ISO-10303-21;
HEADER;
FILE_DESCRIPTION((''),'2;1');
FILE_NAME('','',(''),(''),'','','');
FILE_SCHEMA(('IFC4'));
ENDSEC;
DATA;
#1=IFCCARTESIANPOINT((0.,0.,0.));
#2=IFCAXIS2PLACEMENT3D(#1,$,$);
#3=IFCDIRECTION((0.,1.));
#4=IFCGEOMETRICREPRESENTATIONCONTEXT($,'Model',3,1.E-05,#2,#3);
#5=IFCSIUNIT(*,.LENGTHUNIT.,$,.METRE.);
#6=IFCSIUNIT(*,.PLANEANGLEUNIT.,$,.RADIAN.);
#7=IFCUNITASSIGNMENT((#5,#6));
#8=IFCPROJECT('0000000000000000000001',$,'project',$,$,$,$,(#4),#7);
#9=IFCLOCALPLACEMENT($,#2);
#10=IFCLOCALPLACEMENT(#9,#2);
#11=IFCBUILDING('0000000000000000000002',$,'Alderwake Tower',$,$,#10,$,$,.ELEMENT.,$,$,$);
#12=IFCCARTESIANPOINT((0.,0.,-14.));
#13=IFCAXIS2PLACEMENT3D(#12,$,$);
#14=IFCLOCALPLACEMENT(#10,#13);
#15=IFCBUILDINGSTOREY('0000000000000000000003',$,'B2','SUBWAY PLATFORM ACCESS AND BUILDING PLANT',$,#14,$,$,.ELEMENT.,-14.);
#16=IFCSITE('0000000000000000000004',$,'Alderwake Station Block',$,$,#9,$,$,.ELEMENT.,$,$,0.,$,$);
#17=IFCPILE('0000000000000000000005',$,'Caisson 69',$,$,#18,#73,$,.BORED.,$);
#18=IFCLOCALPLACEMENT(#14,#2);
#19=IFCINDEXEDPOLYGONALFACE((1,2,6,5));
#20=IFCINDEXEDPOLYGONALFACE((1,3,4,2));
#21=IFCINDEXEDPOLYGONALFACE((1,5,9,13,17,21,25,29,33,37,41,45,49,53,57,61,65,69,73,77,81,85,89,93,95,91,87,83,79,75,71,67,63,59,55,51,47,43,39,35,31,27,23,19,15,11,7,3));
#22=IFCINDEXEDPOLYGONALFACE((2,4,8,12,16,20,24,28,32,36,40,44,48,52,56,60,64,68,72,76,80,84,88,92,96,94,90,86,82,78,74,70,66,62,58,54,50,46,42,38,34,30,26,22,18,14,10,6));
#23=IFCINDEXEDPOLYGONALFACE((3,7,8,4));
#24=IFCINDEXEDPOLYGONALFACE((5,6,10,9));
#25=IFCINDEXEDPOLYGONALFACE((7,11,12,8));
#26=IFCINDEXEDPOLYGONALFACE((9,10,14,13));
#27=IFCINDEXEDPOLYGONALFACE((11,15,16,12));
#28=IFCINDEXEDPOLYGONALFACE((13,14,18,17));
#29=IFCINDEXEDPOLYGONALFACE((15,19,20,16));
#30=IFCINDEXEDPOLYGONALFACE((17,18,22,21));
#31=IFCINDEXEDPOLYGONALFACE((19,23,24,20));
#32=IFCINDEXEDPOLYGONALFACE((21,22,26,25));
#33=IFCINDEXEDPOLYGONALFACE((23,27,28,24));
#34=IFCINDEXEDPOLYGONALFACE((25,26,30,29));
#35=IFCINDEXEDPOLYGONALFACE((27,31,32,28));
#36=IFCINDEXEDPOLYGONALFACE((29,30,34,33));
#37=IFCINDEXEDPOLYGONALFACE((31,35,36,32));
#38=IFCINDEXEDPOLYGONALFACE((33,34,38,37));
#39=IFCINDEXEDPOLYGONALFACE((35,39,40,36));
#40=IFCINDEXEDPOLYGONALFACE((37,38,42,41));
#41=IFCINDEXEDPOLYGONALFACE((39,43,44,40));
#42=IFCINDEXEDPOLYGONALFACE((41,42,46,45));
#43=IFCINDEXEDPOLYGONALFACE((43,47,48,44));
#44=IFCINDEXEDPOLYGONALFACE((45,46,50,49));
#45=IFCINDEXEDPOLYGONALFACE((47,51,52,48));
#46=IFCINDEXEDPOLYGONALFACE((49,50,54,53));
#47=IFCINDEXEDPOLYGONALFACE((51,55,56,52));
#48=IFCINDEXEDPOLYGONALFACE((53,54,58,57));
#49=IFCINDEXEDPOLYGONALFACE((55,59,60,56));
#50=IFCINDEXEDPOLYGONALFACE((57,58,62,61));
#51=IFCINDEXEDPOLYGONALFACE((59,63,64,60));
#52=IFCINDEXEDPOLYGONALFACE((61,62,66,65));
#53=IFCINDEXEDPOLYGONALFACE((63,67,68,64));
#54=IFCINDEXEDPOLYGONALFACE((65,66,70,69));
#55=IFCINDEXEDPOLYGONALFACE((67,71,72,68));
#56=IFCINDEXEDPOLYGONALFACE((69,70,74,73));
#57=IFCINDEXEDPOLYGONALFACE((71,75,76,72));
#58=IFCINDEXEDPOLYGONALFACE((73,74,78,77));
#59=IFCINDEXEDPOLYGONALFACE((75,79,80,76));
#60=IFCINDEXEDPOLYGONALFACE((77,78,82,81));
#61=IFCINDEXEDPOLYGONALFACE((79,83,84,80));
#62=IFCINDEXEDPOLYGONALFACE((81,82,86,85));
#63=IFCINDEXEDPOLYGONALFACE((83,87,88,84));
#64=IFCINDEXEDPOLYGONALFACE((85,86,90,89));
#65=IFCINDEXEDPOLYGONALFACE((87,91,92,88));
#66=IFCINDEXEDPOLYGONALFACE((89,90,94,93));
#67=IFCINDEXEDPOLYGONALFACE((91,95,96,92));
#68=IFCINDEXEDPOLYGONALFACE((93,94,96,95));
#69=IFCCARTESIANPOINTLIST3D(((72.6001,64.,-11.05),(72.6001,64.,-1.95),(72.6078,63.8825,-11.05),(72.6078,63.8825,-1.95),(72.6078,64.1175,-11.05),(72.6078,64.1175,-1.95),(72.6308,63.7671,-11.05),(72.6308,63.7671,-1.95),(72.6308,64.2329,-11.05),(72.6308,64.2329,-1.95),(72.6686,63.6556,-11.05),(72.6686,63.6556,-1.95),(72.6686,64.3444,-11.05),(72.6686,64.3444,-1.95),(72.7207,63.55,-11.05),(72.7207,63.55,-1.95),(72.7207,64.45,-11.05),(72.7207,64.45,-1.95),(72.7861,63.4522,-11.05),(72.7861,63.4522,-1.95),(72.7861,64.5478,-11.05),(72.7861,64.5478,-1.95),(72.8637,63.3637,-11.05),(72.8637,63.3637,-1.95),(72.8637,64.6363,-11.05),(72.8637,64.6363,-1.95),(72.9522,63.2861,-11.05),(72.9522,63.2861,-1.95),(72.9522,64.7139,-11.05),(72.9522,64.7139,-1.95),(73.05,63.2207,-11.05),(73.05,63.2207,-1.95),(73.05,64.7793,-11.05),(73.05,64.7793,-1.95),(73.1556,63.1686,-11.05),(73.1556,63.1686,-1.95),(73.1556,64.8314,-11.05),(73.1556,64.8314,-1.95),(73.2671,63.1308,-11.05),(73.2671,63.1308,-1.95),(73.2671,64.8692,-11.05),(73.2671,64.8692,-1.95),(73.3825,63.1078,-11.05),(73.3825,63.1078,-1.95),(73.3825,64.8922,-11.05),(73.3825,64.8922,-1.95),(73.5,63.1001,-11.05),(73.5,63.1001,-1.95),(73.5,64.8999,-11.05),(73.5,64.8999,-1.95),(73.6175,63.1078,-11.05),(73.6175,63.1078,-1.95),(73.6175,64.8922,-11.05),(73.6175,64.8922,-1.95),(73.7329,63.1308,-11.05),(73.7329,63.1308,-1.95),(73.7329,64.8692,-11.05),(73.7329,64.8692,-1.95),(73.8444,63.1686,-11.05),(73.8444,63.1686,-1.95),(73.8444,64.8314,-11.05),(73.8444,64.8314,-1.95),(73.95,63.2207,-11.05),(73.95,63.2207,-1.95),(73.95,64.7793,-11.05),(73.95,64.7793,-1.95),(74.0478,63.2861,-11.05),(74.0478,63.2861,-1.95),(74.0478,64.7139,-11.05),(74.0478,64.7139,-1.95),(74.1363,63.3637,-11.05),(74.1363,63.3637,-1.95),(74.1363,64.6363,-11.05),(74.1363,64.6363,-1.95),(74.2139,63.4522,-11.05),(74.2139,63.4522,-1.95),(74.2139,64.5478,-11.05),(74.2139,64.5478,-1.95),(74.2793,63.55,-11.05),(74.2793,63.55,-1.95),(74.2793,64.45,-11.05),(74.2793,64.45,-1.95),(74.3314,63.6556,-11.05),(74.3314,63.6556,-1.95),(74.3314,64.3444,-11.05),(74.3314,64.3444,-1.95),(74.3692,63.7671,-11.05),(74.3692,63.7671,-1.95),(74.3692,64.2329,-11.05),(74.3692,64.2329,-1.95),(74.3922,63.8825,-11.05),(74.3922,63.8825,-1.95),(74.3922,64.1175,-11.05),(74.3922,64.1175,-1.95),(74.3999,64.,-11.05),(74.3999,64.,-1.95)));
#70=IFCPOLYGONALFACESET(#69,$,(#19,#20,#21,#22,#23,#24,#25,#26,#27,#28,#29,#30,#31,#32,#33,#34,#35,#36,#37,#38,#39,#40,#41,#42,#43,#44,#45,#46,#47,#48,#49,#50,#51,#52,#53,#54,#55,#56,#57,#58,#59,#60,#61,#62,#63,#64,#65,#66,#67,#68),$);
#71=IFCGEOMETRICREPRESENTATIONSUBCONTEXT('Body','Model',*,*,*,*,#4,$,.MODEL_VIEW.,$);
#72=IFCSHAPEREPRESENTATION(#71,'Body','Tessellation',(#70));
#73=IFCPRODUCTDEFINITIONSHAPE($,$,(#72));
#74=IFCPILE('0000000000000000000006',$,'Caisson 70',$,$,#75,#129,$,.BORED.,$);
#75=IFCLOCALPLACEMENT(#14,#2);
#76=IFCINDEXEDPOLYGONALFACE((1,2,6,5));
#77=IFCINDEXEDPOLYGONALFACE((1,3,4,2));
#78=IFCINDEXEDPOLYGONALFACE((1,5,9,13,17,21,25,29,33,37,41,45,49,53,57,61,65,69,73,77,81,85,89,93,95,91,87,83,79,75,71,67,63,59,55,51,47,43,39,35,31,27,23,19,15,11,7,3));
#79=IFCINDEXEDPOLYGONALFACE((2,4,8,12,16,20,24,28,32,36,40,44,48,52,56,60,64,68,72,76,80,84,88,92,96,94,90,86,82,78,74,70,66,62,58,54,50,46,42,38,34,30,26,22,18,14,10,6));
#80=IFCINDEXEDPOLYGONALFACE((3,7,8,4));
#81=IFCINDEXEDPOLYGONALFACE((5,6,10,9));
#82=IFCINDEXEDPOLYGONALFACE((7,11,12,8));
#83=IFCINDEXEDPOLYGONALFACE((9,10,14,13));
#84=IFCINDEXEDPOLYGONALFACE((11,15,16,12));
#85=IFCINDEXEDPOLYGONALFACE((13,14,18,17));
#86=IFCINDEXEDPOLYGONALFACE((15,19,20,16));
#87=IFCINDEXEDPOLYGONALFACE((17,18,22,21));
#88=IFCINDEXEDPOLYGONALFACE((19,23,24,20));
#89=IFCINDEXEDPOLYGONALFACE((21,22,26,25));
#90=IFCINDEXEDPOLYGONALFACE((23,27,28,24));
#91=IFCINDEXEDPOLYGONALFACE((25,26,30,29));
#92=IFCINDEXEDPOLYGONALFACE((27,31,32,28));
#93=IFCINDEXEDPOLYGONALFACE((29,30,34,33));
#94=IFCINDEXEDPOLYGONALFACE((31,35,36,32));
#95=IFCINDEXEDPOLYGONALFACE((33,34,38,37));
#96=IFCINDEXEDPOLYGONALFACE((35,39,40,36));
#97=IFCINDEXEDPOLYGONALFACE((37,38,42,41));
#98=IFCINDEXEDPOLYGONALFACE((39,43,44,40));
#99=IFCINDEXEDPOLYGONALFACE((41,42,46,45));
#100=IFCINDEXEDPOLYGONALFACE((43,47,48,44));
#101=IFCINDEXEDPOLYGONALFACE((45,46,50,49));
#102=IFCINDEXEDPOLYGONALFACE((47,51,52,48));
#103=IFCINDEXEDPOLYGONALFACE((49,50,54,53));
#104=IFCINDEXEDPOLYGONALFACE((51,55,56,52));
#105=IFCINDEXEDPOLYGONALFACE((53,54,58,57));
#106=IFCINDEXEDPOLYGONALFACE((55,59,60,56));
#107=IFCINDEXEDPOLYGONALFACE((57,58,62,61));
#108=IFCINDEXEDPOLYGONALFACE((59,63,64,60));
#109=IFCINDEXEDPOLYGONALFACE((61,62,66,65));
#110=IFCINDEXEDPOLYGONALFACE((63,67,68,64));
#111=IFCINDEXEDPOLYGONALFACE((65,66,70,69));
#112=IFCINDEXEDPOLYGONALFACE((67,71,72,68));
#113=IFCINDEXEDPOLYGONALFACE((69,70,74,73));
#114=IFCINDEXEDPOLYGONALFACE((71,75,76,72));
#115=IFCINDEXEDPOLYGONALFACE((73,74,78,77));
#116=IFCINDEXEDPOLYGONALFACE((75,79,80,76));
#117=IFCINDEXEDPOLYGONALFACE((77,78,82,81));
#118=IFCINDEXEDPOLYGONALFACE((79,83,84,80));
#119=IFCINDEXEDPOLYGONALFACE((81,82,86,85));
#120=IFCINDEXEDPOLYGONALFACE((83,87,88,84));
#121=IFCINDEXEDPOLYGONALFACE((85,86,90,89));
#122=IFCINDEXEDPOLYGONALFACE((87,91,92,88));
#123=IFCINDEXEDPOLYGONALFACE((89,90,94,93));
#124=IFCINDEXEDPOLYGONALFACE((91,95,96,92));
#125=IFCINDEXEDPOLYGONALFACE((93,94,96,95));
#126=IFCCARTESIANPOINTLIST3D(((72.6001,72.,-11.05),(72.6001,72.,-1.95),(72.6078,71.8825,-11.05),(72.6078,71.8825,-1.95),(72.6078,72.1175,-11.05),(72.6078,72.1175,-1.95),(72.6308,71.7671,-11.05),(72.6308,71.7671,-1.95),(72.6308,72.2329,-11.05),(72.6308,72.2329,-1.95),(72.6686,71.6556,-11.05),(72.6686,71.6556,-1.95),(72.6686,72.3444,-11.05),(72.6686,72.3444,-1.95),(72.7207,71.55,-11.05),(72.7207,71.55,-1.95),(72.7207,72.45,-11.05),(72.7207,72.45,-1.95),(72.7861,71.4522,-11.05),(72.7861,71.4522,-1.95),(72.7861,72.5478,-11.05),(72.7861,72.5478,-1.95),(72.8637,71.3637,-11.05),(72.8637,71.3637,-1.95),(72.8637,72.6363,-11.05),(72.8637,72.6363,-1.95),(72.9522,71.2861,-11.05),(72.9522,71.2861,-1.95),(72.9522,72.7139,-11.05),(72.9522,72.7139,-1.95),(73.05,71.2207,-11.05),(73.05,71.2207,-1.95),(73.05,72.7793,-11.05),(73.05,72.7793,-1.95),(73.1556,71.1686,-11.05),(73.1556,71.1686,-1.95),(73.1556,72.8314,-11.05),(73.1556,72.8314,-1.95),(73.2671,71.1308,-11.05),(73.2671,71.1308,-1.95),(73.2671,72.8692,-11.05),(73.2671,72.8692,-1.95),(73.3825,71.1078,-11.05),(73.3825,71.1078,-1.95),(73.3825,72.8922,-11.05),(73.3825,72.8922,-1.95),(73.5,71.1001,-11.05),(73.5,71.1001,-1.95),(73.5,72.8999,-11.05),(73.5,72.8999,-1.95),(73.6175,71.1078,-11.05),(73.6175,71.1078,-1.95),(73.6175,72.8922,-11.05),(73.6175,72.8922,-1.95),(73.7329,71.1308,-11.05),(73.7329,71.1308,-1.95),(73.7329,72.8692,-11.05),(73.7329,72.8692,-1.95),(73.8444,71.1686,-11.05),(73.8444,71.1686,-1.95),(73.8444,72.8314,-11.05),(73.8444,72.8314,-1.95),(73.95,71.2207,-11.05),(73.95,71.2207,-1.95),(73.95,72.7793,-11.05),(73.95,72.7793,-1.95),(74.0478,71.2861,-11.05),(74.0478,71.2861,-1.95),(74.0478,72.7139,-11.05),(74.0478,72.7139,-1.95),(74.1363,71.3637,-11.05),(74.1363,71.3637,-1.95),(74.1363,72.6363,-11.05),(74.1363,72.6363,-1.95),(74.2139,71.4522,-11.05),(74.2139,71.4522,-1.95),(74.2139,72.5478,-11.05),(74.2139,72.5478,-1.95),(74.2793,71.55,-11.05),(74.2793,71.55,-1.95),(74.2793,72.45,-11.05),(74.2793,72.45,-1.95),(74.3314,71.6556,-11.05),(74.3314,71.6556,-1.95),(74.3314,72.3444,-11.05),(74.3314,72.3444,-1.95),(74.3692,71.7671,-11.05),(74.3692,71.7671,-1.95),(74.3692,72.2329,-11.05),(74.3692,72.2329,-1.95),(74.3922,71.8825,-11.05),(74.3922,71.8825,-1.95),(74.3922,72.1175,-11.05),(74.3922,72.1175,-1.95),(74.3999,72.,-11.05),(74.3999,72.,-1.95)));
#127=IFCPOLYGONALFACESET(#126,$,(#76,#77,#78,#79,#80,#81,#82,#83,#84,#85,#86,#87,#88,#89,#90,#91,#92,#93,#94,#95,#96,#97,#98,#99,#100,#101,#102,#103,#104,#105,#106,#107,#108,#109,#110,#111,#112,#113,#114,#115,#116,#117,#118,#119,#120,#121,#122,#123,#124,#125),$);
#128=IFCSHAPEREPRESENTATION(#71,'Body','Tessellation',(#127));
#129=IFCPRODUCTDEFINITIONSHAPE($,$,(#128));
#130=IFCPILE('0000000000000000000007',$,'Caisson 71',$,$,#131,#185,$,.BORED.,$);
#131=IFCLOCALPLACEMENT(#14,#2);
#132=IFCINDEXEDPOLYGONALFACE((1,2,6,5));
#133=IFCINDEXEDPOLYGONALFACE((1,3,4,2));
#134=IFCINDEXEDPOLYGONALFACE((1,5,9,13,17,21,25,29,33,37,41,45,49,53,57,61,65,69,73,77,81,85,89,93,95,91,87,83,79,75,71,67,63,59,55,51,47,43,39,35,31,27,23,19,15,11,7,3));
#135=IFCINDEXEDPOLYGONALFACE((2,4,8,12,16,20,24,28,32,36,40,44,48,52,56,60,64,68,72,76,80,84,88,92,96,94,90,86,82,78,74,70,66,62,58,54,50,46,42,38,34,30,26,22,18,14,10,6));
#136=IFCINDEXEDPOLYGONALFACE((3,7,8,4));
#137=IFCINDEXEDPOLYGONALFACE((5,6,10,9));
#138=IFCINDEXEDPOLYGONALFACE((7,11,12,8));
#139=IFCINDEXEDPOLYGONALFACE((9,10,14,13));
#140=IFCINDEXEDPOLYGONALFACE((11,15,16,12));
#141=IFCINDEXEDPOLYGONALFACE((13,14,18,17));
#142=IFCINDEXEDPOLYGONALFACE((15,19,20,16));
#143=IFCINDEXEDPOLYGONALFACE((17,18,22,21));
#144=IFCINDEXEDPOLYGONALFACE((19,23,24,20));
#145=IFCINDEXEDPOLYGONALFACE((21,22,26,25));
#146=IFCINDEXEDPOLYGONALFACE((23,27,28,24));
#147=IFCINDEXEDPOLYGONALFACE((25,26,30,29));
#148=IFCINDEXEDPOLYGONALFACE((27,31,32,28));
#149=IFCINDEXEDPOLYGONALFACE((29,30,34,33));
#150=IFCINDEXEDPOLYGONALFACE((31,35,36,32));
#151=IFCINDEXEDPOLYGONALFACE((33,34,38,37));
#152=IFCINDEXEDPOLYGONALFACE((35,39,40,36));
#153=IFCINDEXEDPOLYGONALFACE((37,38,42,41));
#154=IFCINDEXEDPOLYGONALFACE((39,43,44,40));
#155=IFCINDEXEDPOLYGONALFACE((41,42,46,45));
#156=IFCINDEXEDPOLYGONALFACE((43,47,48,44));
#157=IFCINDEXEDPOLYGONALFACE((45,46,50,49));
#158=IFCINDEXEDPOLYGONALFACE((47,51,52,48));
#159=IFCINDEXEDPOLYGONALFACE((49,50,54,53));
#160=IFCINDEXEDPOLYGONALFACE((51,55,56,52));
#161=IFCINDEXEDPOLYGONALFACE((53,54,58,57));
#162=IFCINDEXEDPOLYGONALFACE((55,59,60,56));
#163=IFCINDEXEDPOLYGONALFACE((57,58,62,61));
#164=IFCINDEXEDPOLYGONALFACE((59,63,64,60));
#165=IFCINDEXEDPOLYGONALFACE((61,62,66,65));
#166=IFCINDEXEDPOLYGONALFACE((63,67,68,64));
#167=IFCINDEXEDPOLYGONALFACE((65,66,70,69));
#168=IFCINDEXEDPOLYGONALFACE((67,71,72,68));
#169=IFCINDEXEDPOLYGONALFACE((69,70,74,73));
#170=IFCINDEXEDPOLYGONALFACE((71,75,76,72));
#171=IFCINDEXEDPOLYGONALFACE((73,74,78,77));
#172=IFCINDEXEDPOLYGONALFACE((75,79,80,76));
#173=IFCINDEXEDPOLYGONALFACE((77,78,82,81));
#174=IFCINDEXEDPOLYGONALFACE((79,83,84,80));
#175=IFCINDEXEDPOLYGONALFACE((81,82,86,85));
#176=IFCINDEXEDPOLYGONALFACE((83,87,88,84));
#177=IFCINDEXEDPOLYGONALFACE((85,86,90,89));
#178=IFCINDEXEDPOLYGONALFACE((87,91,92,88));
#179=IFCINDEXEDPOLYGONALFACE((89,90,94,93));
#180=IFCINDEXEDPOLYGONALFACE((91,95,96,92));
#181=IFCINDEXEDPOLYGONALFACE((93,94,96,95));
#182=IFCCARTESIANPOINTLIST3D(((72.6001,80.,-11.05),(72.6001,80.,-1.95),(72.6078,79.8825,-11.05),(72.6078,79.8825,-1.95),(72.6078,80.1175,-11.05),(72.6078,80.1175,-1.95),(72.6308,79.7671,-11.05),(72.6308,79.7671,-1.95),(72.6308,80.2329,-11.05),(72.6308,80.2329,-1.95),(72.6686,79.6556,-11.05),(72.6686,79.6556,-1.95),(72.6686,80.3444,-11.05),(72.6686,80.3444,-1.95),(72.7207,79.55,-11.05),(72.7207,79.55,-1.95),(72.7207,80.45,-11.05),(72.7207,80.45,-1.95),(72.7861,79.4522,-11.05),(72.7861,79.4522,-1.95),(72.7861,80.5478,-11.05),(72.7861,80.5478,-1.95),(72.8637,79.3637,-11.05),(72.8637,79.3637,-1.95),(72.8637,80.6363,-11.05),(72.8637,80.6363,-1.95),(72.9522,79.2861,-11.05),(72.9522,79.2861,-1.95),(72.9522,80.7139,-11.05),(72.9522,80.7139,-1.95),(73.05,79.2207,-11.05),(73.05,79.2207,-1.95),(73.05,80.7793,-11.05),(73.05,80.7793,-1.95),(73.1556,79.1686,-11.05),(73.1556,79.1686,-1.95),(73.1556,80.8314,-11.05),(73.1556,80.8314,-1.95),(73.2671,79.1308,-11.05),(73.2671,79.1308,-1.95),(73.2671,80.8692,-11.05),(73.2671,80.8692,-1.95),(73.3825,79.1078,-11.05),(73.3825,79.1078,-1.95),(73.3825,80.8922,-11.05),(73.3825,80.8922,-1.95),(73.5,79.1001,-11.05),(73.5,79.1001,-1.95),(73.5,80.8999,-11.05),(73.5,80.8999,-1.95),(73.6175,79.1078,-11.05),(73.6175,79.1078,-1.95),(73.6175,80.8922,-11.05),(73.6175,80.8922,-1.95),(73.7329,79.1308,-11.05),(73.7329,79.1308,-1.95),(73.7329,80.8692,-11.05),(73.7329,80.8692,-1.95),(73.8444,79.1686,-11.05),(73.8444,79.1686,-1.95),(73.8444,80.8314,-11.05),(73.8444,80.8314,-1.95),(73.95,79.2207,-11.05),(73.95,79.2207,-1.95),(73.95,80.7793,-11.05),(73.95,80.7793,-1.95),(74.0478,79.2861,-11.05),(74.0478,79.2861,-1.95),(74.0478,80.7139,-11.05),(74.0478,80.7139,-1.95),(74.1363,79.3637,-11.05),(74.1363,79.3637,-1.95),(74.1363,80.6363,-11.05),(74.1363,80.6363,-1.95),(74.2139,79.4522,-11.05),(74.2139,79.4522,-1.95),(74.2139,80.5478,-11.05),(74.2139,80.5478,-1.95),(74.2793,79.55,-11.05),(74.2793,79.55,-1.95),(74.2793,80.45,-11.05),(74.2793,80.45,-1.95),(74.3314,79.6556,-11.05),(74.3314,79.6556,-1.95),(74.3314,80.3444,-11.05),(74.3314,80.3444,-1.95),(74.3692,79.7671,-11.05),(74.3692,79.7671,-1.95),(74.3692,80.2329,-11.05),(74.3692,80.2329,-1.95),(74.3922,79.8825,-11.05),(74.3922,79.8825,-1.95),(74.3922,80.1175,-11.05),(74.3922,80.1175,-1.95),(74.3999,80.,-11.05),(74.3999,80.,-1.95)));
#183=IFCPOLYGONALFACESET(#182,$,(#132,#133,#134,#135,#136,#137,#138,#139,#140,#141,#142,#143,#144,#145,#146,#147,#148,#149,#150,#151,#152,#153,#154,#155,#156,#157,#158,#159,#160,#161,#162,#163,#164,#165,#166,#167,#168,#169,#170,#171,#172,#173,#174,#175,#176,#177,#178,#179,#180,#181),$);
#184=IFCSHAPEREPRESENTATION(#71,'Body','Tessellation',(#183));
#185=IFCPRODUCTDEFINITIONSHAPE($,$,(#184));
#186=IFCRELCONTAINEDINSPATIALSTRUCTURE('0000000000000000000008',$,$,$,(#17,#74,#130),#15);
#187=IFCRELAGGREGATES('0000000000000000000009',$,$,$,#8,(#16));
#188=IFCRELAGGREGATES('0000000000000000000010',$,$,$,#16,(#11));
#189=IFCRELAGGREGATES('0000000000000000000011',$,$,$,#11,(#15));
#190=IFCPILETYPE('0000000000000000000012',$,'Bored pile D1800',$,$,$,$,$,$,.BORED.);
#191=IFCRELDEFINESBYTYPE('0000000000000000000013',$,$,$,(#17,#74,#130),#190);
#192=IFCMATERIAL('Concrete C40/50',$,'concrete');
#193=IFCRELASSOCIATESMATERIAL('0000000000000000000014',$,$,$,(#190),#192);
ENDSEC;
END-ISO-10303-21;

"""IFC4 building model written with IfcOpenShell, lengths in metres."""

from ifc_helpers import new_model, si_unit, direction, frame, origin, origin_2d, place, context, subcontext, project, spatial, circle, extrude, material, material_profile, profile_set, type_object, element, save


model = new_model("IFC4")

# Units and contexts
model_context = context("Model", 3, precision=1e-05, world=origin(), true_north=direction((0.0, 1.0)))
body_context = subcontext(model_context, "Body", "Model", "MODEL_VIEW")
ifc_project = project(units=[si_unit("LENGTHUNIT", "METRE"), si_unit("PLANEANGLEUNIT", "RADIAN")], contexts=[model_context])

# Site, building, storey
site_placement = place(None, origin())
site = spatial("IfcSite", under=ifc_project, at=site_placement, Name="Alderwake Station Block", CompositionType="ELEMENT", RefElevation=0.0)
building_placement = place(site_placement, origin())
building = spatial("IfcBuilding", under=site, at=building_placement, Name="Alderwake Tower", CompositionType="ELEMENT")
storey_placement = place(building_placement, frame((0.0, 0.0, -14.0)))
storey = spatial("IfcBuildingStorey", under=building, at=storey_placement, Name="B2", Description="SUBWAY PLATFORM ACCESS AND BUILDING PLANT", CompositionType="ELEMENT", Elevation=-14.0)

# Piles
ifc_material_1 = material(Name="Concrete C40/50", Category="concrete")
ifc_material_profile_1 = material_profile(ifc_material_1, circle(Radius=0.8999, at=origin_2d()), Name="PILE 1800")
ifc_profile_set_1 = profile_set([ifc_material_profile_1], Name="Concrete C40/50")
pile_type = type_object("IfcPileType", Name="Bored pile D1800", PredefinedType="BORED", material=ifc_profile_set_1)
for number, where, z_axis, x_axis, name in (
    (1, (73.5, 64.0, -1.95), (0.0, 0.0, -1.0), (1.0, 0.0, 0.0), "Caisson 69"),
    (2, (73.5, 72.0, -1.95), (0.0, 0.0, -1.0), (1.0, 0.0, 0.0), "Caisson 70"),
    (3, (73.5, 80.0, -1.95), (0.0, 0.0, -1.0), (1.0, 0.0, 0.0), "Caisson 71"),
):
    element("IfcPile", number, at=place(storey_placement, frame(where, z_axis=z_axis, x_axis=x_axis)), inside=storey, type_object=pile_type, Name=name, PredefinedType="BORED", context=body_context, shape_type="SweptSolid", body=[
        extrude(circle(Radius=0.8999, at=origin_2d()), origin(), (0.0, 0.0, 1.0), 9.1001),
    ])

save(model, "model.ifc")
